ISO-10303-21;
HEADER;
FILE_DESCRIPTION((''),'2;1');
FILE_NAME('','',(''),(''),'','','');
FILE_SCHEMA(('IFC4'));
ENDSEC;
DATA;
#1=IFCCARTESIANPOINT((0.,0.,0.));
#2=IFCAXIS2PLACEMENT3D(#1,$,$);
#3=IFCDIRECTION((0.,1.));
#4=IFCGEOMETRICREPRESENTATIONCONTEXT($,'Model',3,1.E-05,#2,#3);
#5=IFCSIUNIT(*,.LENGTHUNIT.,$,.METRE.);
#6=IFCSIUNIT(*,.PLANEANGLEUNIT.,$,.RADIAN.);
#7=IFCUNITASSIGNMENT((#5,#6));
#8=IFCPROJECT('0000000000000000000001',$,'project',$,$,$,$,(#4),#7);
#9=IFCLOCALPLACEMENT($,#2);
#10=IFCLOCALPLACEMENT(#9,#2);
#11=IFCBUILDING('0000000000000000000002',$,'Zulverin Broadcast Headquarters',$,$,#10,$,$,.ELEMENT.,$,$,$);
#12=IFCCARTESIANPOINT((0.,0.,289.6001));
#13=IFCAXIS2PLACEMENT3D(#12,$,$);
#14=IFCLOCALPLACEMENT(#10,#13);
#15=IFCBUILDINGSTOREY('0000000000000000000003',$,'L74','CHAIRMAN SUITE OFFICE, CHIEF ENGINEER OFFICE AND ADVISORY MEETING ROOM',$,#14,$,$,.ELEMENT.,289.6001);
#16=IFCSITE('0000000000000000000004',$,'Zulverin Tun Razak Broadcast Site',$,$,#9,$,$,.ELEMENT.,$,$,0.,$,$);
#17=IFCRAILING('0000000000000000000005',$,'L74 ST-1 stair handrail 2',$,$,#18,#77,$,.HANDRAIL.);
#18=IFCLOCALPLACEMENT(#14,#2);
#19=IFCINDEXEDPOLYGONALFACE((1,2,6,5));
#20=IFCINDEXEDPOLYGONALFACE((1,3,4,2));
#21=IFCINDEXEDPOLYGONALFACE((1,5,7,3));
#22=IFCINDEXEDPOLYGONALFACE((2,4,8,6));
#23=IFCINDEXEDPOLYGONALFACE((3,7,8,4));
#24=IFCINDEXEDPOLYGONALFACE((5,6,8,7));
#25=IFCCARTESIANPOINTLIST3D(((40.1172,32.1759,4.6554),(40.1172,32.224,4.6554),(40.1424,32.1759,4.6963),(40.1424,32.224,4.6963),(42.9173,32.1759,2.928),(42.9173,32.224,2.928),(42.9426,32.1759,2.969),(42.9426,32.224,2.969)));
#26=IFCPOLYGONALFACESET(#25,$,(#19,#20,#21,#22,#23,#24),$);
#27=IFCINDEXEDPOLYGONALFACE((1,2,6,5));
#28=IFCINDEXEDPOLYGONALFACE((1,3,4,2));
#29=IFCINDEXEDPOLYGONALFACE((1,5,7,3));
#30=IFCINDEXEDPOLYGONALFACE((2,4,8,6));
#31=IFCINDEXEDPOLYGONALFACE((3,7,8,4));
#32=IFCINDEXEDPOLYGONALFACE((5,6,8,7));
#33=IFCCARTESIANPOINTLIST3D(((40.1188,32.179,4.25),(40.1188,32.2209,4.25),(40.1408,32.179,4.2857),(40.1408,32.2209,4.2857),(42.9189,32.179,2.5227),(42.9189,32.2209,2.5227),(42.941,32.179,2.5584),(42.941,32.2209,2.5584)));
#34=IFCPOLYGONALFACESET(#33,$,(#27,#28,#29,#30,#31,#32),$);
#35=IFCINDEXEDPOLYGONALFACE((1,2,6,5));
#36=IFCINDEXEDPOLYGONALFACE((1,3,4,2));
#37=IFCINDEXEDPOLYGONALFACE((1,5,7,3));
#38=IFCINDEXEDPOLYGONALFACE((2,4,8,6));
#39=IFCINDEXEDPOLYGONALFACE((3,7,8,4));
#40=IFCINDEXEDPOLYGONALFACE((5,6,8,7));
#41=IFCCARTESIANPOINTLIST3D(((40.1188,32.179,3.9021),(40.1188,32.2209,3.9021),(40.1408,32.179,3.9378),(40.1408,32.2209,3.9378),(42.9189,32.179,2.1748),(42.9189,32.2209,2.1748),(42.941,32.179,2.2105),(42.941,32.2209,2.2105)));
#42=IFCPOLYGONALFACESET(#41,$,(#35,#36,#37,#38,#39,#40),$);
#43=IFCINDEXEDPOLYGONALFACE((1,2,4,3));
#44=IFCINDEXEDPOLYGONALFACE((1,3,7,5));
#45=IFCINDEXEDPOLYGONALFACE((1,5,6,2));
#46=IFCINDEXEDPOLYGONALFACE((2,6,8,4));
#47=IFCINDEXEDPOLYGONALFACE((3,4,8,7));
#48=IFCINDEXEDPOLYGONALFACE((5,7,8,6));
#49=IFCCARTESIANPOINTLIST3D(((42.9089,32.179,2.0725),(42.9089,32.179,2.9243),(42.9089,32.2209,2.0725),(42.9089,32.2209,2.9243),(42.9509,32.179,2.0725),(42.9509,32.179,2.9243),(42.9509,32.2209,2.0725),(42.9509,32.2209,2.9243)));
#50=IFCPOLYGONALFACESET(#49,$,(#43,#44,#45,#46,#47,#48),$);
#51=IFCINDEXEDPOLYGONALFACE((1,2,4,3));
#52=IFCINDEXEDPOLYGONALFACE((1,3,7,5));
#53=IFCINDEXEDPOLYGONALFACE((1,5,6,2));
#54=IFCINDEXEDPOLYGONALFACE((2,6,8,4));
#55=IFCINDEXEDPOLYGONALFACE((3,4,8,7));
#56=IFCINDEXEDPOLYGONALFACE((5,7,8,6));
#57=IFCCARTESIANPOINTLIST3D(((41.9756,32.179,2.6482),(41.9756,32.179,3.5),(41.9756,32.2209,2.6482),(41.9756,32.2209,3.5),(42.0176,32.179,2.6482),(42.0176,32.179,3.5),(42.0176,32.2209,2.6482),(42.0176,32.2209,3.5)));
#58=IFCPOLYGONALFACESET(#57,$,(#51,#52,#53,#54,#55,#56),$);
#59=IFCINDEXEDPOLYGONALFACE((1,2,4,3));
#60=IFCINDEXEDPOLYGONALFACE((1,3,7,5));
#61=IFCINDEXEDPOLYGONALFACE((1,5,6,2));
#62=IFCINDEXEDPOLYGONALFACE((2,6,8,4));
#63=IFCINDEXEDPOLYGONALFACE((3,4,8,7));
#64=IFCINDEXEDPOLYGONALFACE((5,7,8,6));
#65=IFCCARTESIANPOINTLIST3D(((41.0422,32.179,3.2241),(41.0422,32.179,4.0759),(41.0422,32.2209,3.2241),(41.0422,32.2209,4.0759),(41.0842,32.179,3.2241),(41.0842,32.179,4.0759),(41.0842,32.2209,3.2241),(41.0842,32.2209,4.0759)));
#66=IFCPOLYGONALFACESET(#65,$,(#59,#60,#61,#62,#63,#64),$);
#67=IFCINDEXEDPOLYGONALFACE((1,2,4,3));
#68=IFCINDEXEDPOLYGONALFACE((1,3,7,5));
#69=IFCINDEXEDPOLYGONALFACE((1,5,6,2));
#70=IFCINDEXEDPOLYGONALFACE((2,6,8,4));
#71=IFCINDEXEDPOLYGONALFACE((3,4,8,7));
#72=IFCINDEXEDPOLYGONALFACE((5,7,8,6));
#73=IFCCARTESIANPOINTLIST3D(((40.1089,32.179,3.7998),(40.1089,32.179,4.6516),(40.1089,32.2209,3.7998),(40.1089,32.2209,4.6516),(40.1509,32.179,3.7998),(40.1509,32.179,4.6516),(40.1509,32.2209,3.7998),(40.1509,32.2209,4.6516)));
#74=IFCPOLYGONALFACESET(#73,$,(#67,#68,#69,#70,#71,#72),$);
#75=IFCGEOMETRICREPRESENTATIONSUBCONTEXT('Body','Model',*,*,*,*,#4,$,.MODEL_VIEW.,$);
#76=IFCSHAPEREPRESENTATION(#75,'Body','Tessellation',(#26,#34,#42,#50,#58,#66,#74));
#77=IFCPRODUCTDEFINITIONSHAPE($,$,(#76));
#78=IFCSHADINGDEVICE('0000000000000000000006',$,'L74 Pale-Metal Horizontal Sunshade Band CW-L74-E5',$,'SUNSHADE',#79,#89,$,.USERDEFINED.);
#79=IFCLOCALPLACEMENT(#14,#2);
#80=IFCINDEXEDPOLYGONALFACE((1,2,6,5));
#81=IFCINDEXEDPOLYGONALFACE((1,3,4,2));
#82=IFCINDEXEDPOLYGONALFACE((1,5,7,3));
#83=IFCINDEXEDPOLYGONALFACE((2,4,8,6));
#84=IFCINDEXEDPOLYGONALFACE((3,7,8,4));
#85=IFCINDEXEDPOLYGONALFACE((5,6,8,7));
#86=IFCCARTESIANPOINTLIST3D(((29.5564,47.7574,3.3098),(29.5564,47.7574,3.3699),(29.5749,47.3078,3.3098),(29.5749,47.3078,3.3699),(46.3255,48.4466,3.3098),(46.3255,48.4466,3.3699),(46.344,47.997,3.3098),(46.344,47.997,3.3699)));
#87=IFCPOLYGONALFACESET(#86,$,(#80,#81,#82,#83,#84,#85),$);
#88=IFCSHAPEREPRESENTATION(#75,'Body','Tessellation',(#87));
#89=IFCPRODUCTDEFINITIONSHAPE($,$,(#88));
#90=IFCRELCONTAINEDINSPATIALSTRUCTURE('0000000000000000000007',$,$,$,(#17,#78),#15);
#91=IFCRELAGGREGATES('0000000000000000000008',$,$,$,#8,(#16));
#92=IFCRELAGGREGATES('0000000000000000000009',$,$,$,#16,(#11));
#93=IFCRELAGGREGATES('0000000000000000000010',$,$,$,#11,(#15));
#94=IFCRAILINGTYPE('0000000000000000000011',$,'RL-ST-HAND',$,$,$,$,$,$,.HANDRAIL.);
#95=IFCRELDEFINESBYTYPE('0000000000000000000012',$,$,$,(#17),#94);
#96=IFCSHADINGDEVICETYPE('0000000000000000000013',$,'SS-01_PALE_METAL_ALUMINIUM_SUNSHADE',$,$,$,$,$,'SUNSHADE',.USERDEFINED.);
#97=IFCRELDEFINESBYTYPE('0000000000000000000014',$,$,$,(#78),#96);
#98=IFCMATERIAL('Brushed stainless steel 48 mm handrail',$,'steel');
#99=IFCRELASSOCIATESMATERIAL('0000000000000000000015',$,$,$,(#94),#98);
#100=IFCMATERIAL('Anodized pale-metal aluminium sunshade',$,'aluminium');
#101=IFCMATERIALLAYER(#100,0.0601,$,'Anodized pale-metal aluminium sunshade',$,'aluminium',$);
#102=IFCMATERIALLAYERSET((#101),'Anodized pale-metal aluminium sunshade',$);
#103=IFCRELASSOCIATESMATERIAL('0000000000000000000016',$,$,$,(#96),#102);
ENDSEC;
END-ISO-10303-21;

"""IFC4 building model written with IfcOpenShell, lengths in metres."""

from ifc_helpers import new_model, si_unit, direction, frame, origin, origin_2d, place, context, subcontext, project, spatial, rectangle, extrude, material, layer, layer_set, type_object, element, save


model = new_model("IFC4")

# Units and contexts
model_context = context("Model", 3, precision=1e-05, world=origin(), true_north=direction((0.0, 1.0)))
body_context = subcontext(model_context, "Body", "Model", "MODEL_VIEW")
ifc_project = project(units=[si_unit("LENGTHUNIT", "METRE"), si_unit("PLANEANGLEUNIT", "RADIAN")], contexts=[model_context])

# Site, building, storey
site_placement = place(None, origin())
site = spatial("IfcSite", under=ifc_project, at=site_placement, Name="Zulverin Tun Razak Broadcast Site", CompositionType="ELEMENT", RefElevation=0.0)
building_placement = place(site_placement, origin())
building = spatial("IfcBuilding", under=site, at=building_placement, Name="Zulverin Broadcast Headquarters", CompositionType="ELEMENT")
storey_placement = place(building_placement, frame((0.0, 0.0, 289.6001)))
storey = spatial("IfcBuildingStorey", under=building, at=storey_placement, Name="L74", Description="CHAIRMAN SUITE OFFICE, CHIEF ENGINEER OFFICE AND ADVISORY MEETING ROOM", CompositionType="ELEMENT", Elevation=289.6001)

# Railing
ifc_material_1 = material(Name="Brushed stainless steel 48 mm handrail", Category="steel")
railing_type_1 = type_object("IfcRailingType", Name="RL-ST-HAND", PredefinedType="HANDRAIL", material=ifc_material_1)
railing_1_placement = place(storey_placement, frame((42.9299, 32.2, 2.0725)))
element("IfcRailing", 1, at=railing_1_placement, inside=storey, type_object=railing_type_1, Name="L74 ST-1 stair handrail 2", PredefinedType="HANDRAIL", context=body_context, shape_type="SweptSolid", body=[
    extrude(rectangle(XDim=0.0481, YDim=0.0481, at=origin_2d()), frame((0.0, 0.0, 0.876), z_axis=(-0.85109, 0.0, 0.52502), x_axis=(0.0, -1.0, 0.0)), (0.0, 0.0, 1.0), 3.29),
    extrude(rectangle(XDim=0.042, YDim=0.042, at=origin_2d()), frame((0.0, 0.0, 0.468), z_axis=(-0.85109, 0.0, 0.52502), x_axis=(0.0, -1.0, 0.0)), (0.0, 0.0, 1.0), 3.29),
    extrude(rectangle(XDim=0.042, YDim=0.042, at=origin_2d()), frame((0.0, 0.0, 0.1201), z_axis=(-0.85109, 0.0, 0.52502), x_axis=(0.0, -1.0, 0.0)), (0.0, 0.0, 1.0), 3.29),
    extrude(rectangle(XDim=0.042, YDim=0.042, at=origin_2d()), origin(), (0.0, 0.0, 1.0), 0.8518),
    extrude(rectangle(XDim=0.042, YDim=0.042, at=origin_2d()), frame((-0.9333, 0.0, 0.5757)), (0.0, 0.0, 1.0), 0.8518),
    extrude(rectangle(XDim=0.042, YDim=0.042, at=origin_2d()), frame((-1.8667, 0.0, 1.1516)), (0.0, 0.0, 1.0), 0.8518),
    extrude(rectangle(XDim=0.042, YDim=0.042, at=origin_2d()), frame((-2.8, 0.0, 1.7273)), (0.0, 0.0, 1.0), 0.8518),
])

# Shading device
ifc_material_2 = material(Name="Anodized pale-metal aluminium sunshade", Category="aluminium")
ifc_layer_1 = layer(ifc_material_2, 0.0601, Name="Anodized pale-metal aluminium sunshade", Category="aluminium")
ifc_layer_set_1 = layer_set([ifc_layer_1], Name="Anodized pale-metal aluminium sunshade")
shading_device_type = type_object("IfcShadingDeviceType", Name="SS-01_PALE_METAL_ALUMINIUM_SUNSHADE", ElementType="SUNSHADE", PredefinedType="USERDEFINED", material=ifc_layer_set_1)
shading_device_placement = place(storey_placement, frame((37.9502, 47.8772, 3.3098), z_axis=(0.0, 0.0, 1.0), x_axis=(-0.999156, -0.041068, 0.0)))
element("IfcShadingDevice", 2, at=shading_device_placement, inside=storey, type_object=shading_device_type, Name="L74 Pale-Metal Horizontal Sunshade Band CW-L74-E5", ObjectType="SUNSHADE", PredefinedType="USERDEFINED", context=body_context, shape_type="SweptSolid", body=[
    extrude(rectangle(XDim=16.7832, YDim=0.45, at=origin_2d()), origin(), (0.0, 0.0, 1.0), 0.0601),
])

save(model, "model.ifc")
